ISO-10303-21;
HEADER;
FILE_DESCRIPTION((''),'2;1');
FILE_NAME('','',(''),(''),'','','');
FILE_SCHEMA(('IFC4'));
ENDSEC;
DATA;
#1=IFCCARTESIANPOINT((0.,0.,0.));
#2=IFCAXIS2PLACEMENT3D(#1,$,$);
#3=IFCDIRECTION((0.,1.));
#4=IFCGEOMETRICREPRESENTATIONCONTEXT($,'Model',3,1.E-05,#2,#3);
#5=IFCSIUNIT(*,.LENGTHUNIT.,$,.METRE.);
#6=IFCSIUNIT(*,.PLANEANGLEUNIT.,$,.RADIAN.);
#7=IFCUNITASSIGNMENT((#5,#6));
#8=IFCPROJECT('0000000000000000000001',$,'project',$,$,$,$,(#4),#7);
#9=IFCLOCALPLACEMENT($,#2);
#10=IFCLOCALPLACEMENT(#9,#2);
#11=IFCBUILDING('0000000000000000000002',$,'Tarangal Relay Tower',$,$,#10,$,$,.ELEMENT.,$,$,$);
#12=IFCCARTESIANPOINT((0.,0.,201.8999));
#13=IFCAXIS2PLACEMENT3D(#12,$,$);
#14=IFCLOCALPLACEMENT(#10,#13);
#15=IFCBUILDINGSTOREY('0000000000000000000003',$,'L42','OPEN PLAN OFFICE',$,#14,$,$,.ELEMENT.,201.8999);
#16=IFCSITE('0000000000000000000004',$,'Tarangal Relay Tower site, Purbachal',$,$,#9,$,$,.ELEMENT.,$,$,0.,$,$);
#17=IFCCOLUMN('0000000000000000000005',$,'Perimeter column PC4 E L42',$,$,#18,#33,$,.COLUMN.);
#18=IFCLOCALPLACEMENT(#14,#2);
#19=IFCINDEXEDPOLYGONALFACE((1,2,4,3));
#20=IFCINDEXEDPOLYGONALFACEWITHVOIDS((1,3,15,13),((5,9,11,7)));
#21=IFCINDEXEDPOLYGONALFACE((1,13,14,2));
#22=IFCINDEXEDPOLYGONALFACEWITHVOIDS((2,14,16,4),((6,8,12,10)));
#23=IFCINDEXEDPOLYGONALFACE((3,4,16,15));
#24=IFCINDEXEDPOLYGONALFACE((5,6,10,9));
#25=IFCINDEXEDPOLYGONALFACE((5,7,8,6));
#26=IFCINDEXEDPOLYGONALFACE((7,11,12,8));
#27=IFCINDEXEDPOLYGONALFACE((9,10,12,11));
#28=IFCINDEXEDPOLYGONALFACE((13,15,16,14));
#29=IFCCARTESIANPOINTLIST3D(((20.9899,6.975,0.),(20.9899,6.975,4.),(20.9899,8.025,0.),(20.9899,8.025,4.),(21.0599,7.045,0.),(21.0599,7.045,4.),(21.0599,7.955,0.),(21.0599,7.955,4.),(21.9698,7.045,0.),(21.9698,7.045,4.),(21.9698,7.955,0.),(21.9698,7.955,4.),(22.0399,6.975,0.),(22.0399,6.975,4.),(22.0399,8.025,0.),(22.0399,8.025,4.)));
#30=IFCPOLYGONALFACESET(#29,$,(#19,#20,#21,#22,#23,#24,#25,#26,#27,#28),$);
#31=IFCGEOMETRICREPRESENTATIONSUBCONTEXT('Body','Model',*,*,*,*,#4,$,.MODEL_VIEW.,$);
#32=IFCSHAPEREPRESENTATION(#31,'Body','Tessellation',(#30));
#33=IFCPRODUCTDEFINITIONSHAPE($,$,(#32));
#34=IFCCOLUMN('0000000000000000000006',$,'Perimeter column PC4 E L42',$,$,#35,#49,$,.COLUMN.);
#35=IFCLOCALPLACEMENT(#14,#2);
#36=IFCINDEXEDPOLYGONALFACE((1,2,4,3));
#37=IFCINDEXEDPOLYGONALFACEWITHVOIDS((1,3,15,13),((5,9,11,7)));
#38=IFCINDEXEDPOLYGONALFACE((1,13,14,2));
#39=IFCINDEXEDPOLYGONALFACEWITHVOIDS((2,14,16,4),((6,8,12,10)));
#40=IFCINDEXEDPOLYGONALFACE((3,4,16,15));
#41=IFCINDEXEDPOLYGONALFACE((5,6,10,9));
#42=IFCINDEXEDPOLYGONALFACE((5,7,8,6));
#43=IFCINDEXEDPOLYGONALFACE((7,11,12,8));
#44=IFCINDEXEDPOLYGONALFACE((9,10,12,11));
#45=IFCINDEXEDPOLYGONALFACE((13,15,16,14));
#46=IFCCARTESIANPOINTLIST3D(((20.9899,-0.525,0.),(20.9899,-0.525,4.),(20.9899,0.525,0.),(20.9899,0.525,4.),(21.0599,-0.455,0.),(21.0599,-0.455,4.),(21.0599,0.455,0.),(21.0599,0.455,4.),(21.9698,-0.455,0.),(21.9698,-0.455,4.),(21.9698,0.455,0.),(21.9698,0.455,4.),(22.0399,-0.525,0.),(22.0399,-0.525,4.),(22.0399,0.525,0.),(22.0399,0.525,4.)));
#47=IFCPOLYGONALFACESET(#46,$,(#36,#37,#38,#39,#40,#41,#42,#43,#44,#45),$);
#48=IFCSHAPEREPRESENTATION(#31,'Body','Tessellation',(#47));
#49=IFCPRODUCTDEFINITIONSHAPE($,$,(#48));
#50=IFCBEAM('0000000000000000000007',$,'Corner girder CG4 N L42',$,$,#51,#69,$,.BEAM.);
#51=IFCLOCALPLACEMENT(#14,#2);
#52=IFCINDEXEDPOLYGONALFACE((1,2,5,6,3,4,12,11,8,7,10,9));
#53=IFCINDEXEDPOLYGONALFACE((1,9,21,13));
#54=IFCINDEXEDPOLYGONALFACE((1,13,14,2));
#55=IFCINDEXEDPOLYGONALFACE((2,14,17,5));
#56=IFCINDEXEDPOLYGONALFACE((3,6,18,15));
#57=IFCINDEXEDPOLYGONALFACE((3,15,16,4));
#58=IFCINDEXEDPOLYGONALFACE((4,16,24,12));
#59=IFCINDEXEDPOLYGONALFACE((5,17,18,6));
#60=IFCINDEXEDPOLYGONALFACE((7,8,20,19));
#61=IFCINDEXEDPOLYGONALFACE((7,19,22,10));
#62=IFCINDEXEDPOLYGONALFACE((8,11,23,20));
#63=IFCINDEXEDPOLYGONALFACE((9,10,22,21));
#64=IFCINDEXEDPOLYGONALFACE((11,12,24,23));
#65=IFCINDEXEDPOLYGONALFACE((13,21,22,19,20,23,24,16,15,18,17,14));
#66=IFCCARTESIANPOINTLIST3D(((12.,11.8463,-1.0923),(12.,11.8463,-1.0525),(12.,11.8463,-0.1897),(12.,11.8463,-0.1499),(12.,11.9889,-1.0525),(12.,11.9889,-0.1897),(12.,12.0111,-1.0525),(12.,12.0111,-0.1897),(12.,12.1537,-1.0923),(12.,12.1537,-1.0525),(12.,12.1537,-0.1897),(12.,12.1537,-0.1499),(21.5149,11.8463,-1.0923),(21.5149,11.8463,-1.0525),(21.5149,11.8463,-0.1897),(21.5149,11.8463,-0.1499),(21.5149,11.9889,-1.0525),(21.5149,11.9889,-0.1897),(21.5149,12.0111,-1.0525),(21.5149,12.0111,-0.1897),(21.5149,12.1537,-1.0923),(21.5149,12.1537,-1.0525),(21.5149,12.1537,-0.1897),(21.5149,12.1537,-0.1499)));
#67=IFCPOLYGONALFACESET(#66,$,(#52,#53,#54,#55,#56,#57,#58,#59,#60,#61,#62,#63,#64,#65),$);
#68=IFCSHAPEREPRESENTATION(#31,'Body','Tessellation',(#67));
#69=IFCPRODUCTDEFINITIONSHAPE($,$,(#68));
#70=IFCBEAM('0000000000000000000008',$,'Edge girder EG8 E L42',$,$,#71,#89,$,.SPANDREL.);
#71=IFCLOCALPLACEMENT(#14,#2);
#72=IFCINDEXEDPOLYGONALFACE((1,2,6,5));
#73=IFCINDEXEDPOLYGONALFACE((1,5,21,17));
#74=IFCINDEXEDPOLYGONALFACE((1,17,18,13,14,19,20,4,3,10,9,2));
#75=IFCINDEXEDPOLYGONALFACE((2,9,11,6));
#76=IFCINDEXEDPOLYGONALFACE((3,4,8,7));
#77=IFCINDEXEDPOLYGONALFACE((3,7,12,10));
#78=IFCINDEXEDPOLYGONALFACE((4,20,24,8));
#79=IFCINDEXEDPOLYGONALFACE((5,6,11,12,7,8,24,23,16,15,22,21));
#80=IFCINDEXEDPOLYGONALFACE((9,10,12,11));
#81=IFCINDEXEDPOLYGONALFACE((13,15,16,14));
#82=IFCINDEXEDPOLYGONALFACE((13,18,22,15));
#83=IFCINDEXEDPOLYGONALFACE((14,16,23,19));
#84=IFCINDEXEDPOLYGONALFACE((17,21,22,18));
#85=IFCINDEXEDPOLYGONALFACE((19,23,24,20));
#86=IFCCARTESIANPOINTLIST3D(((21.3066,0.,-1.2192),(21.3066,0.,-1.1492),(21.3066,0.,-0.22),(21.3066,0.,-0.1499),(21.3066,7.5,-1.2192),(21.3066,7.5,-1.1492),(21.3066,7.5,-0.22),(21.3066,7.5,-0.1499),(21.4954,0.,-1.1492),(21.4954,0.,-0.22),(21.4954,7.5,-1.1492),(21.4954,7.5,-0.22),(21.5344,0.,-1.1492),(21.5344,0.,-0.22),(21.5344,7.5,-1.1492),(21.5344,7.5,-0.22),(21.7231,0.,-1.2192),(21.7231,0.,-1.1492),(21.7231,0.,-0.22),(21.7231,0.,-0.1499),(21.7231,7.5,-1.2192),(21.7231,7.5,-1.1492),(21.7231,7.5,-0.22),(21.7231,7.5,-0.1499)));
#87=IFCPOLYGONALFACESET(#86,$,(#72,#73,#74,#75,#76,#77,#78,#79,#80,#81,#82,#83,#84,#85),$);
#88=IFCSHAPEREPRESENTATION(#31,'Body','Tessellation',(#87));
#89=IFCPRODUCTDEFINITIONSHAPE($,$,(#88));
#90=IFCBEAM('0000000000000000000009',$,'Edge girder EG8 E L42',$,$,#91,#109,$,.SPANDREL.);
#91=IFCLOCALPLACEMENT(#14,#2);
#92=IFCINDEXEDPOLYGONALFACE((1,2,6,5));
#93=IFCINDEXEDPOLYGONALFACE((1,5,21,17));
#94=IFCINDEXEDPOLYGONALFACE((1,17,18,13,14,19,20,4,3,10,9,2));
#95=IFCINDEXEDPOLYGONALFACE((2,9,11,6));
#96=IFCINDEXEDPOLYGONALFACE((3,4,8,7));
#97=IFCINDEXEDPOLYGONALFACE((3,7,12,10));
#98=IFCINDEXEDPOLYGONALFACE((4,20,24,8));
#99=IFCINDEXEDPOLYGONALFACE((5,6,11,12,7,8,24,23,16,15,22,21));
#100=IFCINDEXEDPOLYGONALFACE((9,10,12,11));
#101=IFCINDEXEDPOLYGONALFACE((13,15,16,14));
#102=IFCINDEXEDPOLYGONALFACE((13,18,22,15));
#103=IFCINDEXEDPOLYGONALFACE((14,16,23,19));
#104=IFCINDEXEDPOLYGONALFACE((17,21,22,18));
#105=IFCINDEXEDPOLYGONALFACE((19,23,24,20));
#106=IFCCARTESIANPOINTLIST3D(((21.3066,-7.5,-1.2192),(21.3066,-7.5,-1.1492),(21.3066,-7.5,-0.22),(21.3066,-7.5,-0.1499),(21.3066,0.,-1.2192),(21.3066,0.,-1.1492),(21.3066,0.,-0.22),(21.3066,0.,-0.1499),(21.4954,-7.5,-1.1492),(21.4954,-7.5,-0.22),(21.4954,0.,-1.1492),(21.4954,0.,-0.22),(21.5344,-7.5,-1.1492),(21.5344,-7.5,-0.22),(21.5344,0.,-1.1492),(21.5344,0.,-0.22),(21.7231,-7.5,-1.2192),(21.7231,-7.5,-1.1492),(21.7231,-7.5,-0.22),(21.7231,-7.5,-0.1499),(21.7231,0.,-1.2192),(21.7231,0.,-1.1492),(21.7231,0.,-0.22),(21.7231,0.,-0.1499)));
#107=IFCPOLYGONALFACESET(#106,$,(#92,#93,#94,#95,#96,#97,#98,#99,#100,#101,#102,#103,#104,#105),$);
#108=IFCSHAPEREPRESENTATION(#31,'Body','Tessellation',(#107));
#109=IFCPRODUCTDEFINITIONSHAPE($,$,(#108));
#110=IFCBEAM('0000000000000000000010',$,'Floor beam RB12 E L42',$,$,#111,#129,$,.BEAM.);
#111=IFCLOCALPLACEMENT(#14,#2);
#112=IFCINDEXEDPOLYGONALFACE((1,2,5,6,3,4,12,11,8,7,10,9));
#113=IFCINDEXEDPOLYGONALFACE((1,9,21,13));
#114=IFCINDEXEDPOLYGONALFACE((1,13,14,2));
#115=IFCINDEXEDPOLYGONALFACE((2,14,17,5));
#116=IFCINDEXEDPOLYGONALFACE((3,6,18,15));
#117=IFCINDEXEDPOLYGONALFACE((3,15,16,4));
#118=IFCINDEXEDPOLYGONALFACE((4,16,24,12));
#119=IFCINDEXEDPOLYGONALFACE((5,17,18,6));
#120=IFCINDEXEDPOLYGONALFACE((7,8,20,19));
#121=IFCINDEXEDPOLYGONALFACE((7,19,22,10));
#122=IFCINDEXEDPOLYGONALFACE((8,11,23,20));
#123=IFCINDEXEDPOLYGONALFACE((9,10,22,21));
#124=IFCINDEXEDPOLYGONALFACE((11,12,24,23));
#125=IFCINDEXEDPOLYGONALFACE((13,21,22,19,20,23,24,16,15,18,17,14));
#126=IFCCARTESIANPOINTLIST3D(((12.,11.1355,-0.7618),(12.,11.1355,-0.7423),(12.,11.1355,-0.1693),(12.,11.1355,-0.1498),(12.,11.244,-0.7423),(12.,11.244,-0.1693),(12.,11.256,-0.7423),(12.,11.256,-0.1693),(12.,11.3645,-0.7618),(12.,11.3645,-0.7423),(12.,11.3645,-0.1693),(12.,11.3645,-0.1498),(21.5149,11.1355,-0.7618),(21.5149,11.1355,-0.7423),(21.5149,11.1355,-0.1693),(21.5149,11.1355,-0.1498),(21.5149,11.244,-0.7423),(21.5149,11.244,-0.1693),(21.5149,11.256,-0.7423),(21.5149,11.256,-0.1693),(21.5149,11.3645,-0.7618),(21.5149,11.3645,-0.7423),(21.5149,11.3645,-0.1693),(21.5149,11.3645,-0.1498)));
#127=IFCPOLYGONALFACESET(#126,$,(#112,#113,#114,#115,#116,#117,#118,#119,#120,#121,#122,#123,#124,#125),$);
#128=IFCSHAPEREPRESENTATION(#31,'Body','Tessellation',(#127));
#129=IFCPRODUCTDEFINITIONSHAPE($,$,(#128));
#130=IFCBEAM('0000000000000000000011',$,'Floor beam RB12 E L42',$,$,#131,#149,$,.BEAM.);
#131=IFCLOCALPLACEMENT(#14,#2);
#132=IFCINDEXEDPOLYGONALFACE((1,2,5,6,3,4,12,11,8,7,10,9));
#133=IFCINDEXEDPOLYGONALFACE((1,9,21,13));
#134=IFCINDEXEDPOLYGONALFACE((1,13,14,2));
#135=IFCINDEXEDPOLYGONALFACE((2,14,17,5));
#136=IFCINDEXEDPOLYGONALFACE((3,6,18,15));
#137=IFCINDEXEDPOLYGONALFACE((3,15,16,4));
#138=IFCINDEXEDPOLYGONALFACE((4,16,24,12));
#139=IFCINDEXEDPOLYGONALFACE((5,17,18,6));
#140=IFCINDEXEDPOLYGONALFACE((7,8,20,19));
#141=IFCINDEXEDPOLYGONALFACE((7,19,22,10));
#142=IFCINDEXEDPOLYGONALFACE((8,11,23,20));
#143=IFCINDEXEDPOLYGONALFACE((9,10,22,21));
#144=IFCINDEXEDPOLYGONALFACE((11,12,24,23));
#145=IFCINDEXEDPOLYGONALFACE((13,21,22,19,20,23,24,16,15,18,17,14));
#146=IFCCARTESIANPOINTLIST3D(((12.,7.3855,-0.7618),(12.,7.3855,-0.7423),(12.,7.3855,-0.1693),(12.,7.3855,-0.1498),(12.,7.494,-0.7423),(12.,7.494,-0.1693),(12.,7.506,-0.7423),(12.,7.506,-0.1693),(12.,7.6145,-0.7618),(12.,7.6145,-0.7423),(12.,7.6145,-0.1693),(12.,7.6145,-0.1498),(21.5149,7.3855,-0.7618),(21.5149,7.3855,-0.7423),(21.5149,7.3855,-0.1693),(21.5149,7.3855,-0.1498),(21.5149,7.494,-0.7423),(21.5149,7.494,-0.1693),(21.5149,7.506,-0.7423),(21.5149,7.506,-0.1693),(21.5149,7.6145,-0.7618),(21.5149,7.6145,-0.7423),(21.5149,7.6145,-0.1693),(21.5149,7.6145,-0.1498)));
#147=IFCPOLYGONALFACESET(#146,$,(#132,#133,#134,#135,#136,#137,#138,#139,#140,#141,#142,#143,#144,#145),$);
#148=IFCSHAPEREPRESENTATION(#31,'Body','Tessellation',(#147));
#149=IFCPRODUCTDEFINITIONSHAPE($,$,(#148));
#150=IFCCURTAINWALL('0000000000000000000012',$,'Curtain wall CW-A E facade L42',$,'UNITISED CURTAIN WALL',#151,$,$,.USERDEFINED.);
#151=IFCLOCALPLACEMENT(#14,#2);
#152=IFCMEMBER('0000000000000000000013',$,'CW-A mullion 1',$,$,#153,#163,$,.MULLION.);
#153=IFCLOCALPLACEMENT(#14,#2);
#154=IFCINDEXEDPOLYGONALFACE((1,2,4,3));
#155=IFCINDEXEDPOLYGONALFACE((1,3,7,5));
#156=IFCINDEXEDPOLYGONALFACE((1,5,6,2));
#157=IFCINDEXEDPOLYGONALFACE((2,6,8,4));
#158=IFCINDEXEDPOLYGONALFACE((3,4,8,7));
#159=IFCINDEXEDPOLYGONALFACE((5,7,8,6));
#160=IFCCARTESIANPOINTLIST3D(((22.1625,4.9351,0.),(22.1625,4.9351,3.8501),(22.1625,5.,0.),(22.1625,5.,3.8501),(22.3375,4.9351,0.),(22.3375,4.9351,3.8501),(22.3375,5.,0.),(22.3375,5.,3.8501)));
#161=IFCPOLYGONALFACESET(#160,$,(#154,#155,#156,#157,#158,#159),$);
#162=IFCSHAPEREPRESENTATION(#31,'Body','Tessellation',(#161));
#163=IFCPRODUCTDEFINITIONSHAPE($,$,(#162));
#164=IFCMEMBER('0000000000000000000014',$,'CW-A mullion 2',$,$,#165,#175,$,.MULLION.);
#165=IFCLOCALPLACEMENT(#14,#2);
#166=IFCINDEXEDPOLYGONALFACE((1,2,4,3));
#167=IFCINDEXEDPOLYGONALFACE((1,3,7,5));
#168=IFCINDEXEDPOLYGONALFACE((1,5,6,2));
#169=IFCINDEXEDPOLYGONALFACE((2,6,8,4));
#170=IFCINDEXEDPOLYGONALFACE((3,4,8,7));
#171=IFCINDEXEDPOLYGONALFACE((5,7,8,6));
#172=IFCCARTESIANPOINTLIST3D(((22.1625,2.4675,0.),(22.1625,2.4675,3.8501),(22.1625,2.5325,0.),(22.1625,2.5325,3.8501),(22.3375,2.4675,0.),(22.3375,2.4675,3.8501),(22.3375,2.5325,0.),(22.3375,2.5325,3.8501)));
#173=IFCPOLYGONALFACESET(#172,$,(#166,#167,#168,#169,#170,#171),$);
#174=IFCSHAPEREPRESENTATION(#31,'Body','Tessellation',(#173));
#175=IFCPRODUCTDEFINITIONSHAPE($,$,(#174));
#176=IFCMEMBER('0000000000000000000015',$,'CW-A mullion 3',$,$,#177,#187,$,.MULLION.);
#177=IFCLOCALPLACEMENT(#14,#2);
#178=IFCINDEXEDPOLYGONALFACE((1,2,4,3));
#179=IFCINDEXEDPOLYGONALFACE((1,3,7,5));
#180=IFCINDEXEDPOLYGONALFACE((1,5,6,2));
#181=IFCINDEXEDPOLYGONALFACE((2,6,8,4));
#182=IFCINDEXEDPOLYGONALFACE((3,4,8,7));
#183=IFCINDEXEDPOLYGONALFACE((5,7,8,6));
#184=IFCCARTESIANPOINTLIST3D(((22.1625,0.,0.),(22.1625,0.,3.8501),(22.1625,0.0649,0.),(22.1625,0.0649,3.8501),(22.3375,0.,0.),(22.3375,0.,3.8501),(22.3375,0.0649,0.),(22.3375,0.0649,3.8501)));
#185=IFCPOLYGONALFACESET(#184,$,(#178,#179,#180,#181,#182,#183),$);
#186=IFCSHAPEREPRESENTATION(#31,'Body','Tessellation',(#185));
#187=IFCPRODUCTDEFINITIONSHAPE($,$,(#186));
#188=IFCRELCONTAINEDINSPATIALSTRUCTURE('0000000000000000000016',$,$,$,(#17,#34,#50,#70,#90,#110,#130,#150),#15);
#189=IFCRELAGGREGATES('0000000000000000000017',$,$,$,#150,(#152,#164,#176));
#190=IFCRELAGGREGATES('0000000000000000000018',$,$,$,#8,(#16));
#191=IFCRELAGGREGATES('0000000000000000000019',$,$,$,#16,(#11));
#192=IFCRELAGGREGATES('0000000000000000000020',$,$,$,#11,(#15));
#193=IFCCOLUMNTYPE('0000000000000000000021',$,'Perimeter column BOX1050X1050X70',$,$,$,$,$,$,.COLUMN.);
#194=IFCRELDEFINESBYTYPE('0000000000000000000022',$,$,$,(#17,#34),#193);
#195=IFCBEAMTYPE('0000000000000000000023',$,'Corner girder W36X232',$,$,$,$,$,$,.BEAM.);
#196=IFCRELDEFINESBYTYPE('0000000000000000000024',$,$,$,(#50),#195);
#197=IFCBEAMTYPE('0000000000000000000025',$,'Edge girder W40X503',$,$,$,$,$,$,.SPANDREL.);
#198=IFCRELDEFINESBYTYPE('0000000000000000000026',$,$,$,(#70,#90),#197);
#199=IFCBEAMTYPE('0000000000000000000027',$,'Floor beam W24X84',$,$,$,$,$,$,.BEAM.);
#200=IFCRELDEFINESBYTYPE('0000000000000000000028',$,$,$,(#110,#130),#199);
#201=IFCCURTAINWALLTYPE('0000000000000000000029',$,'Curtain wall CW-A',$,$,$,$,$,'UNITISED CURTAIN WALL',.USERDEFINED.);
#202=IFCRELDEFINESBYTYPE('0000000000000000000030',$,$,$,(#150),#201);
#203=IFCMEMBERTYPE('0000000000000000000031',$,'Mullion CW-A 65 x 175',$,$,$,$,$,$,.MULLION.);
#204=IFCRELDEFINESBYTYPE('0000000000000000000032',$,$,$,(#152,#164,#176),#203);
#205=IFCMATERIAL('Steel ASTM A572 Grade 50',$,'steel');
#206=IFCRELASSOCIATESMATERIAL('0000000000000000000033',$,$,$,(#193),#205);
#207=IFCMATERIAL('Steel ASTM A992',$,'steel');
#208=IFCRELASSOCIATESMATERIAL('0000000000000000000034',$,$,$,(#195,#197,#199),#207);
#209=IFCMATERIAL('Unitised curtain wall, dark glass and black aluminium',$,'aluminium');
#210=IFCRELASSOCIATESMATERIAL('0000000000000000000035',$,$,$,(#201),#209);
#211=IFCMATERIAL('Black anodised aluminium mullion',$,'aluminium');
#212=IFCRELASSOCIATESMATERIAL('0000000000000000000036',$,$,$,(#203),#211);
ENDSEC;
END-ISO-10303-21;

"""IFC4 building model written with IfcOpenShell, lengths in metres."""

from ifc_helpers import new_model, si_unit, direction, frame, origin, origin_2d, place, context, subcontext, project, spatial, rectangle, hollow_rectangle, i_section, extrude, material, material_profile, profile_set, type_object, element, aggregate, save


model = new_model("IFC4")

# Units and contexts
model_context = context("Model", 3, precision=1e-05, world=origin(), true_north=direction((0.0, 1.0)))
body_context = subcontext(model_context, "Body", "Model", "MODEL_VIEW")
ifc_project = project(units=[si_unit("LENGTHUNIT", "METRE"), si_unit("PLANEANGLEUNIT", "RADIAN")], contexts=[model_context])

# Site, building, storey
site_placement = place(None, origin())
site = spatial("IfcSite", under=ifc_project, at=site_placement, Name="Tarangal Relay Tower site, Purbachal", CompositionType="ELEMENT", RefElevation=0.0)
building_placement = place(site_placement, origin())
building = spatial("IfcBuilding", under=site, at=building_placement, Name="Tarangal Relay Tower", CompositionType="ELEMENT")
storey_placement = place(building_placement, frame((0.0, 0.0, 201.8999)))
storey = spatial("IfcBuildingStorey", under=building, at=storey_placement, Name="L42", Description="OPEN PLAN OFFICE", CompositionType="ELEMENT", Elevation=201.8999)

# Columns
ifc_material_1 = material(Name="Steel ASTM A572 Grade 50", Category="steel")
ifc_material_profile_1 = material_profile(ifc_material_1, hollow_rectangle(XDim=1.05, YDim=1.05, WallThickness=0.0701, at=origin_2d()), Name="BOX1050X1050X70")
ifc_profile_set_1 = profile_set([ifc_material_profile_1], Name="Steel ASTM A572 Grade 50")
column_type = type_object("IfcColumnType", Name="Perimeter column BOX1050X1050X70", PredefinedType="COLUMN", material=ifc_profile_set_1)
for number, where, z_axis, x_axis, name in (
    (1, (21.5149, 7.5, 0.0), (0.0, 0.0, 1.0), (1.0, 0.0, 0.0), "Perimeter column PC4 E L42"),
    (2, (21.5149, 0.0, 0.0), (0.0, 0.0, 1.0), (1.0, 0.0, 0.0), "Perimeter column PC4 E L42"),
):
    element("IfcColumn", number, at=place(storey_placement, frame(where, z_axis=z_axis, x_axis=x_axis)), inside=storey, type_object=column_type, Name=name, PredefinedType="COLUMN", context=body_context, shape_type="SweptSolid", body=[
        extrude(hollow_rectangle(XDim=1.05, YDim=1.05, WallThickness=0.0701, at=origin_2d()), origin(), (0.0, 0.0, 1.0), 4.0),
    ])

# Beams
ifc_material_2 = material(Name="Steel ASTM A992", Category="steel")
ifc_material_profile_2 = material_profile(ifc_material_2, i_section(OverallWidth=0.3074, OverallDepth=0.9424, WebThickness=0.0222, FlangeThickness=0.0398, at=origin_2d()), Name="W36X232")
ifc_profile_set_2 = profile_set([ifc_material_profile_2], Name="Steel ASTM A992")
beam_type_1 = type_object("IfcBeamType", Name="Corner girder W36X232", PredefinedType="BEAM", material=ifc_profile_set_2)
beam_placement = place(storey_placement, frame((12.0, 12.0, -0.6211), z_axis=(1.0, 0.0, 0.0), x_axis=(0.0, 1.0, 0.0)))
element("IfcBeam", 3, at=beam_placement, inside=storey, type_object=beam_type_1, Name="Corner girder CG4 N L42", PredefinedType="BEAM", context=body_context, shape_type="SweptSolid", body=[
    extrude(i_section(OverallWidth=0.3074, OverallDepth=0.9424, WebThickness=0.0222, FlangeThickness=0.0398, at=origin_2d()), origin(), (0.0, 0.0, 1.0), 9.5149),
])
ifc_material_profile_3 = material_profile(ifc_material_2, i_section(OverallWidth=0.4165, OverallDepth=1.0693, WebThickness=0.0391, FlangeThickness=0.0701, at=origin_2d()), Name="W40X503")
ifc_profile_set_3 = profile_set([ifc_material_profile_3], Name="Steel ASTM A992")
beam_type_2 = type_object("IfcBeamType", Name="Edge girder W40X503", PredefinedType="SPANDREL", material=ifc_profile_set_3)
for number, where, z_axis, x_axis, name in (
    (4, (21.5149, 7.5, -0.6846), (0.0, -1.0, 0.0), (1.0, 0.0, 0.0), "Edge girder EG8 E L42"),
    (5, (21.5149, 0.0, -0.6846), (0.0, -1.0, 0.0), (1.0, 0.0, 0.0), "Edge girder EG8 E L42"),
):
    element("IfcBeam", number, at=place(storey_placement, frame(where, z_axis=z_axis, x_axis=x_axis)), inside=storey, type_object=beam_type_2, Name=name, PredefinedType="SPANDREL", context=body_context, shape_type="SweptSolid", body=[
        extrude(i_section(OverallWidth=0.4165, OverallDepth=1.0693, WebThickness=0.0391, FlangeThickness=0.0701, at=origin_2d()), origin(), (0.0, 0.0, 1.0), 7.5),
    ])
ifc_material_profile_4 = material_profile(ifc_material_2, i_section(OverallWidth=0.229, OverallDepth=0.6121, WebThickness=0.012, FlangeThickness=0.0195, at=origin_2d()), Name="W24X84")
ifc_profile_set_4 = profile_set([ifc_material_profile_4], Name="Steel ASTM A992")
beam_type_3 = type_object("IfcBeamType", Name="Floor beam W24X84", PredefinedType="BEAM", material=ifc_profile_set_4)
for number, where, z_axis, x_axis, name in (
    (6, (12.0, 11.25, -0.4558), (1.0, 0.0, 0.0), (0.0, 1.0, 0.0), "Floor beam RB12 E L42"),
    (7, (12.0, 7.5, -0.4558), (1.0, 0.0, 0.0), (0.0, 1.0, 0.0), "Floor beam RB12 E L42"),
):
    element("IfcBeam", number, at=place(storey_placement, frame(where, z_axis=z_axis, x_axis=x_axis)), inside=storey, type_object=beam_type_3, Name=name, PredefinedType="BEAM", context=body_context, shape_type="SweptSolid", body=[
        extrude(i_section(OverallWidth=0.229, OverallDepth=0.6121, WebThickness=0.012, FlangeThickness=0.0195, at=origin_2d()), origin(), (0.0, 0.0, 1.0), 9.5149),
    ])

# Curtain wall, members
ifc_material_3 = material(Name="Unitised curtain wall, dark glass and black aluminium", Category="aluminium")
curtain_wall_type_1 = type_object("IfcCurtainWallType", Name="Curtain wall CW-A", ElementType="UNITISED CURTAIN WALL", PredefinedType="USERDEFINED", material=ifc_material_3)
curtain_wall_1_placement = place(storey_placement, origin())
curtain_wall_1 = element("IfcCurtainWall", 8, at=curtain_wall_1_placement, inside=storey, type_object=curtain_wall_type_1, Name="Curtain wall CW-A E facade L42", ObjectType="UNITISED CURTAIN WALL", PredefinedType="USERDEFINED")
ifc_material_4 = material(Name="Black anodised aluminium mullion", Category="aluminium")
ifc_material_profile_5 = material_profile(ifc_material_4, rectangle(XDim=0.175, YDim=0.0649, at=origin_2d()), Name="CW-AM 65X175")
ifc_profile_set_5 = profile_set([ifc_material_profile_5], Name="Black anodised aluminium mullion")
member_type_1 = type_object("IfcMemberType", Name="Mullion CW-A 65 x 175", PredefinedType="MULLION", material=ifc_profile_set_5)
member_1_placement = place(storey_placement, frame((22.25, 4.9675, 0.0), z_axis=(0.0, 0.0, 1.0), x_axis=(1.0, 0.0, 0.0)))
member_1 = element("IfcMember", 9, at=member_1_placement, type_object=member_type_1, Name="CW-A mullion 1", PredefinedType="MULLION", context=body_context, shape_type="SweptSolid", body=[
    extrude(rectangle(XDim=0.175, YDim=0.0649, at=origin_2d()), origin(), (0.0, 0.0, 1.0), 3.8501),
])
member_2_placement = place(storey_placement, frame((22.25, 2.5, 0.0), z_axis=(0.0, 0.0, 1.0), x_axis=(1.0, 0.0, 0.0)))
member_2 = element("IfcMember", 10, at=member_2_placement, type_object=member_type_1, Name="CW-A mullion 2", PredefinedType="MULLION", context=body_context, shape_type="SweptSolid", body=[
    extrude(rectangle(XDim=0.175, YDim=0.0649, at=origin_2d()), origin(), (0.0, 0.0, 1.0), 3.8501),
])
member_3_placement = place(storey_placement, frame((22.25, 0.0325, 0.0), z_axis=(0.0, 0.0, 1.0), x_axis=(1.0, 0.0, 0.0)))
member_3 = element("IfcMember", 11, at=member_3_placement, type_object=member_type_1, Name="CW-A mullion 3", PredefinedType="MULLION", context=body_context, shape_type="SweptSolid", body=[
    extrude(rectangle(XDim=0.175, YDim=0.0649, at=origin_2d()), origin(), (0.0, 0.0, 1.0), 3.8501),
])

aggregate(curtain_wall_1, [member_1, member_2, member_3])

save(model, "model.ifc")
